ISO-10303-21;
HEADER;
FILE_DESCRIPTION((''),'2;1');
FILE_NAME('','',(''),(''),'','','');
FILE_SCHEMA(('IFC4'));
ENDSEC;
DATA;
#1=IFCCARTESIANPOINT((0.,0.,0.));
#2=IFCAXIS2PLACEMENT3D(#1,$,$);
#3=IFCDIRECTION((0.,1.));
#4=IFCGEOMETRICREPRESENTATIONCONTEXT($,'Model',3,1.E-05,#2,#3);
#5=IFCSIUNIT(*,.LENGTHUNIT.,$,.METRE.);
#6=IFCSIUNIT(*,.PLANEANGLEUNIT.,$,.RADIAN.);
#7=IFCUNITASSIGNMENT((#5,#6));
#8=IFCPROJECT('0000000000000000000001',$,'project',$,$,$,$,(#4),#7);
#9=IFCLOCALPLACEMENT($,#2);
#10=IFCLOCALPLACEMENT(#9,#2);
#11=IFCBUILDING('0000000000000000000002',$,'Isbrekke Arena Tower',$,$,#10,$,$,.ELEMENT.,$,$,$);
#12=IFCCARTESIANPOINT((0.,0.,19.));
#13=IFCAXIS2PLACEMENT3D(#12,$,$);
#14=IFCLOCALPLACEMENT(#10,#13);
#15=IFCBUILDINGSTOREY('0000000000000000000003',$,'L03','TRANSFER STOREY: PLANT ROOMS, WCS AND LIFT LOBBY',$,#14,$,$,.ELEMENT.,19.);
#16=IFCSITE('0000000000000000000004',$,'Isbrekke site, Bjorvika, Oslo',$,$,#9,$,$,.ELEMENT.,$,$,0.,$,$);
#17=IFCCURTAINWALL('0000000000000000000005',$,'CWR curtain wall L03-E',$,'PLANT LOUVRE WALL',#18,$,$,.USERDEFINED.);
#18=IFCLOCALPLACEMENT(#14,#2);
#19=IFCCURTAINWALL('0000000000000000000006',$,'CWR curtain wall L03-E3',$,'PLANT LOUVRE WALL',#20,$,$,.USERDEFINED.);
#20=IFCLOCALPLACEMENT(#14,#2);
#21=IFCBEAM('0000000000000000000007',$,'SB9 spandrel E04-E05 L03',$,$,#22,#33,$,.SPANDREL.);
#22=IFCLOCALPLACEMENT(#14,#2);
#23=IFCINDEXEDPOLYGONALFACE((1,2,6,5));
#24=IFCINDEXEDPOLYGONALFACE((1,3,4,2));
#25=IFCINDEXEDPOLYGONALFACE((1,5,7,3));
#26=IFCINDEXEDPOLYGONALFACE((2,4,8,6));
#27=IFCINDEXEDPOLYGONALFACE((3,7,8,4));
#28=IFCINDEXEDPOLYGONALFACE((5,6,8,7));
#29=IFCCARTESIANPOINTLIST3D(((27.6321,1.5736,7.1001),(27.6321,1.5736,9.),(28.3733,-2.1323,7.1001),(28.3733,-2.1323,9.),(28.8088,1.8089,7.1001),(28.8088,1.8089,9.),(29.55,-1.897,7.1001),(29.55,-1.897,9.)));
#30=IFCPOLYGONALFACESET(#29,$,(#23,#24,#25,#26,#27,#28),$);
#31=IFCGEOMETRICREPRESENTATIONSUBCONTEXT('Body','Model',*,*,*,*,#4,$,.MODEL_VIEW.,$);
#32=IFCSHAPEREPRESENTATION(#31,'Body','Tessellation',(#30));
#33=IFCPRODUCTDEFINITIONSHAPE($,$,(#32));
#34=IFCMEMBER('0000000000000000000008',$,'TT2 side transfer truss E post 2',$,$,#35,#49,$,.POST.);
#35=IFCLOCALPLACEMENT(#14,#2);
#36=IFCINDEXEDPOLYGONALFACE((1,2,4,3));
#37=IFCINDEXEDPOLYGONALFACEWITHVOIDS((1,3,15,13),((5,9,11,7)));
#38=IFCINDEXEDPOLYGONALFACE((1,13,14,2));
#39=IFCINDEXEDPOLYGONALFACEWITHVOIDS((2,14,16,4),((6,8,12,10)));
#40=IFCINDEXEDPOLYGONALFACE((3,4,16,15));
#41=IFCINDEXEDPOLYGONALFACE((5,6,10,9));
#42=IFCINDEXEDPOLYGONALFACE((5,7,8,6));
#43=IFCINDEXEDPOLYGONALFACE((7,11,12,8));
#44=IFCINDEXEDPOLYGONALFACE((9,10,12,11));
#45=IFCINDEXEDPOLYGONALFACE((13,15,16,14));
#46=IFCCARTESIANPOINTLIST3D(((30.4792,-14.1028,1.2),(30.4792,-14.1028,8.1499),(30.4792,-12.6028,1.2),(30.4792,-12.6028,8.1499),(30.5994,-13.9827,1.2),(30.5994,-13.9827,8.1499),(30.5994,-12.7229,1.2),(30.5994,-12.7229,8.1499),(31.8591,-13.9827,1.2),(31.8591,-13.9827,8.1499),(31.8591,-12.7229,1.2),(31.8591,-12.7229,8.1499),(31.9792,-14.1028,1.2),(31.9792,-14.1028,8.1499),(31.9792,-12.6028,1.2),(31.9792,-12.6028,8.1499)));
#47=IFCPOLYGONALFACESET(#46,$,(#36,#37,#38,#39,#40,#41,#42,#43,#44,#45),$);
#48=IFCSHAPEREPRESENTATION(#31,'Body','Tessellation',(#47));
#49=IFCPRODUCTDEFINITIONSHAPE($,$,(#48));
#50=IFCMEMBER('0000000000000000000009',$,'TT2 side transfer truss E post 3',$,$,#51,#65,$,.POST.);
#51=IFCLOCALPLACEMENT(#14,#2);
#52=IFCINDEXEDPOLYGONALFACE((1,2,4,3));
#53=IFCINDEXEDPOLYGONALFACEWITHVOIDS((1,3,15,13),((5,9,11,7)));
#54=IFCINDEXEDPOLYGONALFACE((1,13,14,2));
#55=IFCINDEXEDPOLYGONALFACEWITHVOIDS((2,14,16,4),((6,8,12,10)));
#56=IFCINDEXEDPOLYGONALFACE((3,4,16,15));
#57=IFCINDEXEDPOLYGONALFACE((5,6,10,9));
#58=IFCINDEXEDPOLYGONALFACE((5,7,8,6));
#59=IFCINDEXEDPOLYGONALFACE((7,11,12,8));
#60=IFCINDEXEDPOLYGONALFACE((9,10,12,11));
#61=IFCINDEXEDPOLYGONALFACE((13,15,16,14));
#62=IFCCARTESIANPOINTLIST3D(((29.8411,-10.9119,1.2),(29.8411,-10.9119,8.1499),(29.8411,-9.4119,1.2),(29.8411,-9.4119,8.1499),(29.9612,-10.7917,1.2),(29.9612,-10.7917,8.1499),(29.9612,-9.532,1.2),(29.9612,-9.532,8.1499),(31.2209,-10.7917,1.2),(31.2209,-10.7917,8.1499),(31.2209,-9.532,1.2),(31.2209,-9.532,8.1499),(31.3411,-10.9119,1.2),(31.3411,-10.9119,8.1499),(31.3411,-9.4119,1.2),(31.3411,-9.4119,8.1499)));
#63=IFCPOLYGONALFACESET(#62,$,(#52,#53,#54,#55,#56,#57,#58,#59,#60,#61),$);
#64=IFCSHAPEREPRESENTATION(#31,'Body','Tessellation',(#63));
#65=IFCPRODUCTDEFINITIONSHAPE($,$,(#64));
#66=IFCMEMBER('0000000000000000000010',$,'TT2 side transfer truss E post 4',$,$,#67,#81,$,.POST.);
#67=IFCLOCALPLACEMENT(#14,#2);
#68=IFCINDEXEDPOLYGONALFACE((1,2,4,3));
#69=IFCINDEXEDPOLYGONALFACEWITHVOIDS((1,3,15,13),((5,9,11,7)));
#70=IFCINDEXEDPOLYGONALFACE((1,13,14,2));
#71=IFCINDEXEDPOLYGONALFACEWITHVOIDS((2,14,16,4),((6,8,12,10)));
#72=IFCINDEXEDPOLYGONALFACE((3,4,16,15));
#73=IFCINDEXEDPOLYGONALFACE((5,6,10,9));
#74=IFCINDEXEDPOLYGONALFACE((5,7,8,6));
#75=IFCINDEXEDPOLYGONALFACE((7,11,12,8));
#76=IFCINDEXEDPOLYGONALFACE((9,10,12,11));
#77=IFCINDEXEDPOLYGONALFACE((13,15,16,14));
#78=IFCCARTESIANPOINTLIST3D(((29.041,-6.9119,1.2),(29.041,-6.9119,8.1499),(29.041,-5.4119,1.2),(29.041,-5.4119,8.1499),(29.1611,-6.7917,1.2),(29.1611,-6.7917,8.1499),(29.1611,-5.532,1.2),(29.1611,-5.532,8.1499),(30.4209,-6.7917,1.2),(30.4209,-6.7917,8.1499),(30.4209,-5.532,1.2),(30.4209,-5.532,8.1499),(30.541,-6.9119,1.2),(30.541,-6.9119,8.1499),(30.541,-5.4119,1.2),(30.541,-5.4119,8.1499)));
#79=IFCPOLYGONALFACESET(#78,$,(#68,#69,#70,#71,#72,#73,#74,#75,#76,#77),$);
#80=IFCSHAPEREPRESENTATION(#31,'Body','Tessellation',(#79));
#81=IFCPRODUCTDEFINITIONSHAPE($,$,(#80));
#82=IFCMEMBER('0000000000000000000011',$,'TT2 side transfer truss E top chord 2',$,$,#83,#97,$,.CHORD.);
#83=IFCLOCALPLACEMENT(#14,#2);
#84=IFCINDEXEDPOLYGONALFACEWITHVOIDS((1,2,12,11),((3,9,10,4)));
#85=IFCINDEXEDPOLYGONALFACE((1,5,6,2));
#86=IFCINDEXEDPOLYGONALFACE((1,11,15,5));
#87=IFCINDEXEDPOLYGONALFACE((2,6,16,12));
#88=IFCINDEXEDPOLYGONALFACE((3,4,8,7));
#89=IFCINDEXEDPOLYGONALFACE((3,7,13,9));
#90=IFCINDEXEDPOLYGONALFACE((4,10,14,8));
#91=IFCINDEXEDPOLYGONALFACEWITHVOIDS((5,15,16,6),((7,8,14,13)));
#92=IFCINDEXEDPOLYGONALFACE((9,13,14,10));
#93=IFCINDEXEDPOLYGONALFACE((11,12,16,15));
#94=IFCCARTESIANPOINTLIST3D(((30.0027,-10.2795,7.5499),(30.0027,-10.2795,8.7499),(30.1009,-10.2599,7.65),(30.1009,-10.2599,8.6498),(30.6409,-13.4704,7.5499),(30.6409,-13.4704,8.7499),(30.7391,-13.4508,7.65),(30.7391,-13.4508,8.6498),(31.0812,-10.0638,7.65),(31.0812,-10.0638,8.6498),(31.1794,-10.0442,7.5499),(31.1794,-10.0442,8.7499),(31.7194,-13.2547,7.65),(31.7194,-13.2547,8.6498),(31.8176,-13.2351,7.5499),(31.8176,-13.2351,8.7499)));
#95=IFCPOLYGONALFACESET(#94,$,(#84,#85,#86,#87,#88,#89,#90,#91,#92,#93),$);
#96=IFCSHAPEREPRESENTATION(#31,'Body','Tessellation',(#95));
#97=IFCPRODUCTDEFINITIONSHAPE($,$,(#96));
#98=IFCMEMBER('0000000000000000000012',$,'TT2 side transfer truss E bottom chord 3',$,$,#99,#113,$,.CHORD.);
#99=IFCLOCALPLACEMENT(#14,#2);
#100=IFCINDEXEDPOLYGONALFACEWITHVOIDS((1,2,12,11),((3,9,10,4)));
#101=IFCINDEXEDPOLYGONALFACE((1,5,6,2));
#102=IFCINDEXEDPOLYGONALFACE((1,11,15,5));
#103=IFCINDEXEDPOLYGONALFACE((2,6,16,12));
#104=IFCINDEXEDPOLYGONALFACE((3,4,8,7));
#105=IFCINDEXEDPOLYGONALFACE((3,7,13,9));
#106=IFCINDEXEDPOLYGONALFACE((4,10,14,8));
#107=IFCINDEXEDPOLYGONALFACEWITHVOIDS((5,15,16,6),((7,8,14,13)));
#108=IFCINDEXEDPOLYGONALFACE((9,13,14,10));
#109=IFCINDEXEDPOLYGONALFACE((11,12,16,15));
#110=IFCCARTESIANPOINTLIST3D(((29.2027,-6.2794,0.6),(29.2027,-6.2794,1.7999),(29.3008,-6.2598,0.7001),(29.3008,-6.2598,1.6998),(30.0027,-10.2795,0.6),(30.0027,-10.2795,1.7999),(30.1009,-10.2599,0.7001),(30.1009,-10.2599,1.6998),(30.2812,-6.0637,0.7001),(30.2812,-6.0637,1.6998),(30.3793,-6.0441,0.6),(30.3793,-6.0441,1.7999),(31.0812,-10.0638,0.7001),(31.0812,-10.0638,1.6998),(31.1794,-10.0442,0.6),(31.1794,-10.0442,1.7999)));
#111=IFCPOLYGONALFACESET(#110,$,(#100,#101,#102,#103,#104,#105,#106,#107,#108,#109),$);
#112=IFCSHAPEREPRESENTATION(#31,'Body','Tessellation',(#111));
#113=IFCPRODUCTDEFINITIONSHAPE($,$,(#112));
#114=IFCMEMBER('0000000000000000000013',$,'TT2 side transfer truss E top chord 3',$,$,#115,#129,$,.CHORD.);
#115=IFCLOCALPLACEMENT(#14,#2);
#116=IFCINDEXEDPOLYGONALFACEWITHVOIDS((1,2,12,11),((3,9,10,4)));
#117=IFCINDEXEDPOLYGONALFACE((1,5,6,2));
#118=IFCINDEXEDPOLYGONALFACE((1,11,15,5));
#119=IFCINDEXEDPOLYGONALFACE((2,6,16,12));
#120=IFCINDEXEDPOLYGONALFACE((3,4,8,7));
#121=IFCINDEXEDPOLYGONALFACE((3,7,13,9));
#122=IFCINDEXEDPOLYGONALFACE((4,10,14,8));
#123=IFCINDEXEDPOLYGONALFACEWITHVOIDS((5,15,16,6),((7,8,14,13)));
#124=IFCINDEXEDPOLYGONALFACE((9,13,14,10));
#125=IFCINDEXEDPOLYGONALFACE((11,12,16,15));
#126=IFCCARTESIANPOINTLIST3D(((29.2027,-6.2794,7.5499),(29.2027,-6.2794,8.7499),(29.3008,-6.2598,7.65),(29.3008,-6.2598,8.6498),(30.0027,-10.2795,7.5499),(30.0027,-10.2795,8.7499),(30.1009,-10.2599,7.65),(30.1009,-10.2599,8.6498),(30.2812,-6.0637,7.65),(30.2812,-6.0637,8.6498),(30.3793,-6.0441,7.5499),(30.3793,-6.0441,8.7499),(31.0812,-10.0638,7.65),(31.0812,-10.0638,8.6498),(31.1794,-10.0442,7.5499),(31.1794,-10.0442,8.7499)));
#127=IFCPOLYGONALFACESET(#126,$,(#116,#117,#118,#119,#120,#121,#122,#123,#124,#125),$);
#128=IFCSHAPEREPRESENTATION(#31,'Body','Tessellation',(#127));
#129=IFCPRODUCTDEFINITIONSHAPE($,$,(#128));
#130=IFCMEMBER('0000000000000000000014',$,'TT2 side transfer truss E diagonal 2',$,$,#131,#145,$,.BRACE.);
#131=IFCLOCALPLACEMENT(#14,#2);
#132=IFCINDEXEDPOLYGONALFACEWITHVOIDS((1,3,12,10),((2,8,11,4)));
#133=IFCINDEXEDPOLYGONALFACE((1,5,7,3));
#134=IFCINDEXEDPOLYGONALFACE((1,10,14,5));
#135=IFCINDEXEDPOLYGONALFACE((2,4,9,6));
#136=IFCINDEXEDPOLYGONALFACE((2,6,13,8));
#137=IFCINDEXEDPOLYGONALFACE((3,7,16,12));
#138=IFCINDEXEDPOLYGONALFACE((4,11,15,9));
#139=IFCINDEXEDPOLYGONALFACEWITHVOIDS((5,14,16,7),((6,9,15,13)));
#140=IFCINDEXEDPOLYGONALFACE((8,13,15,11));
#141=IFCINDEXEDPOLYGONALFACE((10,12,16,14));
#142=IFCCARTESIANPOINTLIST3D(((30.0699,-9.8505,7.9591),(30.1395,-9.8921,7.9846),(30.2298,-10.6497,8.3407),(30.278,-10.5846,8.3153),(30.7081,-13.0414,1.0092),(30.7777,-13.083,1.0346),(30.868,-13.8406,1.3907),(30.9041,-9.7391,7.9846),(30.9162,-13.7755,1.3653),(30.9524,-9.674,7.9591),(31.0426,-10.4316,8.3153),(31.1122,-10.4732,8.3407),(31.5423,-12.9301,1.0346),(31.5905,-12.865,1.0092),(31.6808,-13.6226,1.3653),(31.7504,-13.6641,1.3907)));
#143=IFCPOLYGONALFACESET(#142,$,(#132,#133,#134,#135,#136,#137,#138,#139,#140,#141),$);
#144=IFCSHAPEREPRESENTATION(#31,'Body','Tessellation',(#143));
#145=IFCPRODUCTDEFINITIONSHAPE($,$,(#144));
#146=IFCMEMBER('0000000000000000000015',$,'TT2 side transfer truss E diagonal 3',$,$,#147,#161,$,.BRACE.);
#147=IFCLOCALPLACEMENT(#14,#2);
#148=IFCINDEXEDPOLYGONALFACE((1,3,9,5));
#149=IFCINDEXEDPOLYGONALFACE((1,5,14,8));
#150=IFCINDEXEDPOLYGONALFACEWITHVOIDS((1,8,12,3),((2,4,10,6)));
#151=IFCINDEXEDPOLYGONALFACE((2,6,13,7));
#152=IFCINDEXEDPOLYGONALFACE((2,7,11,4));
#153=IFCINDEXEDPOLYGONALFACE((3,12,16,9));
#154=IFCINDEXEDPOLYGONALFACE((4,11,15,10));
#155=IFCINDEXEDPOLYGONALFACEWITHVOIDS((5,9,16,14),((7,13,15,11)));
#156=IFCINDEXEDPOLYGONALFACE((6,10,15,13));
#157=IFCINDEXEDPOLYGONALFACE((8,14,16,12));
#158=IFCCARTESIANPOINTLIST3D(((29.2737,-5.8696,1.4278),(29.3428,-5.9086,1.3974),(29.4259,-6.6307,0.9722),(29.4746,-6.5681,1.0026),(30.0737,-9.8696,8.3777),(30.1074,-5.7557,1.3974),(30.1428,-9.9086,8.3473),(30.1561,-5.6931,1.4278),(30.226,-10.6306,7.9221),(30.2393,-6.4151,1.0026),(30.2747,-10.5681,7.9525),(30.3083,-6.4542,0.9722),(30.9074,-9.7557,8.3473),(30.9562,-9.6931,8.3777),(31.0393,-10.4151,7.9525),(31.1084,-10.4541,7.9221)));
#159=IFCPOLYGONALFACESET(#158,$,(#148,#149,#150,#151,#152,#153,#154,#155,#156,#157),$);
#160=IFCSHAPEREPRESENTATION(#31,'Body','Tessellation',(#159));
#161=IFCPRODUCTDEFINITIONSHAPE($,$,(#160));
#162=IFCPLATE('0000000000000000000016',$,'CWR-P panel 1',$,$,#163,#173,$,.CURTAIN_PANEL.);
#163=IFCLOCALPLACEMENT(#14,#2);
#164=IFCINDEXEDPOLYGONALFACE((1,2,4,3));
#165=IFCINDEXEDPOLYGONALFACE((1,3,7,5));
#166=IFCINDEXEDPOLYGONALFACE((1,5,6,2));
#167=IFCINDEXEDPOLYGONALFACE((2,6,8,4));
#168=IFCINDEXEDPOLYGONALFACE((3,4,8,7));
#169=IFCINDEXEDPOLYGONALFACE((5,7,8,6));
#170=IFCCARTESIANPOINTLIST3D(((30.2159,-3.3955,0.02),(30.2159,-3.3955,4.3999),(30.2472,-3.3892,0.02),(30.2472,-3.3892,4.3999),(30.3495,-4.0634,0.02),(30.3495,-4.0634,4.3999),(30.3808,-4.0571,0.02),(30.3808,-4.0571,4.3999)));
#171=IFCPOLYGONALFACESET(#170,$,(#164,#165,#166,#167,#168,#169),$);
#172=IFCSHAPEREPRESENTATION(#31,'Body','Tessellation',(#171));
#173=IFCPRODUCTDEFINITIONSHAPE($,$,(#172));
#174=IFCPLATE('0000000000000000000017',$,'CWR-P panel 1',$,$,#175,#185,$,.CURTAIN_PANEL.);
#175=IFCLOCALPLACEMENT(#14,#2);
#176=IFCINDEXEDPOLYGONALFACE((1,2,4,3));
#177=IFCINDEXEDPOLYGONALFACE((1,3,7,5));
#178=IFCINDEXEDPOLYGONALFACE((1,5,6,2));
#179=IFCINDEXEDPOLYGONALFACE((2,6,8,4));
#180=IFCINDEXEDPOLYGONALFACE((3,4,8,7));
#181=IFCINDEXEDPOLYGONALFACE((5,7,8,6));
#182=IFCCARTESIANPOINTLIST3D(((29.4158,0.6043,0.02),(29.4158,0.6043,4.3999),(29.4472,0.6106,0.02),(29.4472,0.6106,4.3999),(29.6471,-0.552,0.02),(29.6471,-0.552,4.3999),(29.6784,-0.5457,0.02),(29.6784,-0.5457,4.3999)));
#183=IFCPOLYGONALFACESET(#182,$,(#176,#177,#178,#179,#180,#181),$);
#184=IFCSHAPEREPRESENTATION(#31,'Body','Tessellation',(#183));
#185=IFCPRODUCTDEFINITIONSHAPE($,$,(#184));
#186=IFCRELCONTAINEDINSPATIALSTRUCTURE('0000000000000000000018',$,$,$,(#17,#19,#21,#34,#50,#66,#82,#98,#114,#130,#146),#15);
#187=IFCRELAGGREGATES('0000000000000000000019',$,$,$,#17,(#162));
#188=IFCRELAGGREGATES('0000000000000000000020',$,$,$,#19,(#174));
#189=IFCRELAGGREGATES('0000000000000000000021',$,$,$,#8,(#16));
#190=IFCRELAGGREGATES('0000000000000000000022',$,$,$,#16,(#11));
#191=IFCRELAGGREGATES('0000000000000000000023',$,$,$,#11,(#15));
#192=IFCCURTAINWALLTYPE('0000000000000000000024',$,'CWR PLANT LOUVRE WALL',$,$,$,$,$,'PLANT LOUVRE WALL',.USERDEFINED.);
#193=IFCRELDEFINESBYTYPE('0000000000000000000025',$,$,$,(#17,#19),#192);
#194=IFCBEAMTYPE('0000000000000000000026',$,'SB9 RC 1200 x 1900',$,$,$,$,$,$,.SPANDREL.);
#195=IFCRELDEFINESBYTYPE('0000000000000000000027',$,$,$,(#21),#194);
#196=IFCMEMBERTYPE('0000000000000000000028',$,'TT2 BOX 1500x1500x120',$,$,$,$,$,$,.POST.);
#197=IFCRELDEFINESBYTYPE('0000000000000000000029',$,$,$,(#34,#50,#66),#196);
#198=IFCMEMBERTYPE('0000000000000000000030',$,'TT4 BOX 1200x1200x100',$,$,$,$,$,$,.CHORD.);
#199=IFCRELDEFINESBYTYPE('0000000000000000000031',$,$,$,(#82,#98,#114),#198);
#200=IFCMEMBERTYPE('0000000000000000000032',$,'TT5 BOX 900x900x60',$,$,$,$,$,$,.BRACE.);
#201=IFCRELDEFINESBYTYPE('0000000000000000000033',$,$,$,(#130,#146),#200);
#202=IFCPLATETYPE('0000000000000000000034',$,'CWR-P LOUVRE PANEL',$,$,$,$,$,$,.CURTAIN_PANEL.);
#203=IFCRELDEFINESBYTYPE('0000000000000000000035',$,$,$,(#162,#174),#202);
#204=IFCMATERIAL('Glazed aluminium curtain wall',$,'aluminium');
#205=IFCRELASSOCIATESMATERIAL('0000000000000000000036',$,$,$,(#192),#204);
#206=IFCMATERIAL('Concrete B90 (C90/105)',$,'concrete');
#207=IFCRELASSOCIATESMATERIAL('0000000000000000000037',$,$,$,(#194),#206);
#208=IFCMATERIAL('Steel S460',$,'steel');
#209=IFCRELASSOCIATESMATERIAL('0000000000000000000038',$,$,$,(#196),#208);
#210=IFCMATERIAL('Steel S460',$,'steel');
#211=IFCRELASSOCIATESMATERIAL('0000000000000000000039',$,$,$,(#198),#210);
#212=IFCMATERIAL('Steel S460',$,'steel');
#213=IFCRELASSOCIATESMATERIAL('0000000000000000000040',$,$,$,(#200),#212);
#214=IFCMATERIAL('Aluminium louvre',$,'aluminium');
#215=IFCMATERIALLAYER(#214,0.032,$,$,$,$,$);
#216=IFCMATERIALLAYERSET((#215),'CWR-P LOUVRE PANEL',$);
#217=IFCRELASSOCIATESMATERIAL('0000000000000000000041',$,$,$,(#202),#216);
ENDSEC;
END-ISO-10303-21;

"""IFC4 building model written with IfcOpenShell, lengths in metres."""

from ifc_helpers import new_model, si_unit, direction, frame, origin, origin_2d, place, context, subcontext, project, spatial, rectangle, hollow_rectangle, extrude, material, layer, layer_set, material_profile, profile_set, type_object, element, aggregate, save


model = new_model("IFC4")

# Units and contexts
model_context = context("Model", 3, precision=1e-05, world=origin(), true_north=direction((0.0, 1.0)))
body_context = subcontext(model_context, "Body", "Model", "MODEL_VIEW")
ifc_project = project(units=[si_unit("LENGTHUNIT", "METRE"), si_unit("PLANEANGLEUNIT", "RADIAN")], contexts=[model_context])

# Site, building, storey
site_placement = place(None, origin())
site = spatial("IfcSite", under=ifc_project, at=site_placement, Name="Isbrekke site, Bjorvika, Oslo", CompositionType="ELEMENT", RefElevation=0.0)
building_placement = place(site_placement, origin())
building = spatial("IfcBuilding", under=site, at=building_placement, Name="Isbrekke Arena Tower", CompositionType="ELEMENT")
storey_placement = place(building_placement, frame((0.0, 0.0, 19.0)))
storey = spatial("IfcBuildingStorey", under=building, at=storey_placement, Name="L03", Description="TRANSFER STOREY: PLANT ROOMS, WCS AND LIFT LOBBY", CompositionType="ELEMENT", Elevation=19.0)

# Curtain walls
ifc_material_1 = material(Name="Glazed aluminium curtain wall", Category="aluminium")
curtain_wall_type = type_object("IfcCurtainWallType", Name="CWR PLANT LOUVRE WALL", ElementType="PLANT LOUVRE WALL", PredefinedType="USERDEFINED", material=ifc_material_1)
curtain_wall_1_placement = place(storey_placement, origin())
curtain_wall_1 = element("IfcCurtainWall", 1, at=curtain_wall_1_placement, inside=storey, type_object=curtain_wall_type, Name="CWR curtain wall L03-E", ObjectType="PLANT LOUVRE WALL", PredefinedType="USERDEFINED")
curtain_wall_2_placement = place(storey_placement, origin())
curtain_wall_2 = element("IfcCurtainWall", 2, at=curtain_wall_2_placement, inside=storey, type_object=curtain_wall_type, Name="CWR curtain wall L03-E3", ObjectType="PLANT LOUVRE WALL", PredefinedType="USERDEFINED")

# Beam
ifc_material_2 = material(Name="Concrete B90 (C90/105)", Category="concrete")
ifc_material_profile_1 = material_profile(ifc_material_2, rectangle(XDim=1.2, YDim=1.8999, at=origin_2d()), Name="RC 1200x1900")
ifc_profile_set_1 = profile_set([ifc_material_profile_1], Name="Concrete B90 (C90/105)")
beam_type_1 = type_object("IfcBeamType", Name="SB9 RC 1200 x 1900", PredefinedType="SPANDREL", material=ifc_profile_set_1)
beam_1_placement = place(storey_placement, frame((28.9617, -2.0146, 8.05), z_axis=(-0.196129, 0.980578, 0.0), x_axis=(-0.980578, -0.196129, 0.0)))
element("IfcBeam", 3, at=beam_1_placement, inside=storey, type_object=beam_type_1, Name="SB9 spandrel E04-E05 L03", PredefinedType="SPANDREL", context=body_context, shape_type="SweptSolid", body=[
    extrude(rectangle(XDim=1.2, YDim=1.8999, at=origin_2d()), origin(), (0.0, 0.0, 1.0), 3.7793),
])

# Members
ifc_material_3 = material(Name="Steel S460", Category="steel")
ifc_material_profile_2 = material_profile(ifc_material_3, hollow_rectangle(XDim=1.5, YDim=1.5, WallThickness=0.1201, at=origin_2d()), Name="BOX 1500x1500x120")
ifc_profile_set_2 = profile_set([ifc_material_profile_2], Name="Steel S460")
member_type_1 = type_object("IfcMemberType", Name="TT2 BOX 1500x1500x120", PredefinedType="POST", material=ifc_profile_set_2)
for number, where, z_axis, x_axis, name in (
    (4, (31.2292, -13.3528, 1.2), (0.0, 0.0, 1.0), (1.0, 0.0, 0.0), "TT2 side transfer truss E post 2"),
    (5, (30.5911, -10.1619, 1.2), (0.0, 0.0, 1.0), (1.0, 0.0, 0.0), "TT2 side transfer truss E post 3"),
    (6, (29.791, -6.1619, 1.2), (0.0, 0.0, 1.0), (1.0, 0.0, 0.0), "TT2 side transfer truss E post 4"),
):
    element("IfcMember", number, at=place(storey_placement, frame(where, z_axis=z_axis, x_axis=x_axis)), inside=storey, type_object=member_type_1, Name=name, PredefinedType="POST", context=body_context, shape_type="SweptSolid", body=[
        extrude(hollow_rectangle(XDim=1.5, YDim=1.5, WallThickness=0.1201, at=origin_2d()), origin(), (0.0, 0.0, 1.0), 6.95),
    ])
ifc_material_4 = material(Name="Steel S460", Category="steel")
ifc_material_profile_3 = material_profile(ifc_material_4, hollow_rectangle(XDim=1.2, YDim=1.2, WallThickness=0.1001, at=origin_2d()), Name="BOX 1200x1200x100")
ifc_profile_set_3 = profile_set([ifc_material_profile_3], Name="Steel S460")
member_type_2 = type_object("IfcMemberType", Name="TT4 BOX 1200x1200x100", PredefinedType="CHORD", material=ifc_profile_set_3)
member_1_placement = place(storey_placement, frame((31.2292, -13.3528, 8.1499), z_axis=(-0.196116, 0.980581, 0.0), x_axis=(-0.980581, -0.196116, 0.0)))
element("IfcMember", 7, at=member_1_placement, inside=storey, type_object=member_type_2, Name="TT2 side transfer truss E top chord 2", PredefinedType="CHORD", context=body_context, shape_type="SweptSolid", body=[
    extrude(hollow_rectangle(XDim=1.2, YDim=1.2, WallThickness=0.1001, at=origin_2d()), origin(), (0.0, 0.0, 1.0), 3.2542),
])
for number, where, z_axis, x_axis, name in (
    (8, (30.5911, -10.1619, 1.2), (-0.196128, 0.980578, 0.0), (-0.980578, -0.196128, 0.0), "TT2 side transfer truss E bottom chord 3"),
    (9, (30.5911, -10.1619, 8.1499), (-0.196128, 0.980578, 0.0), (-0.980578, -0.196128, 0.0), "TT2 side transfer truss E top chord 3"),
):
    element("IfcMember", number, at=place(storey_placement, frame(where, z_axis=z_axis, x_axis=x_axis)), inside=storey, type_object=member_type_2, Name=name, PredefinedType="CHORD", context=body_context, shape_type="SweptSolid", body=[
        extrude(hollow_rectangle(XDim=1.2, YDim=1.2, WallThickness=0.1001, at=origin_2d()), origin(), (0.0, 0.0, 1.0), 4.0793),
    ])
ifc_material_5 = material(Name="Steel S460", Category="steel")
ifc_material_profile_4 = material_profile(ifc_material_5, hollow_rectangle(XDim=0.8999, YDim=0.8999, WallThickness=0.0601, at=origin_2d()), Name="BOX 900x900x60")
ifc_profile_set_4 = profile_set([ifc_material_profile_4], Name="Steel S460")
member_type_3 = type_object("IfcMemberType", Name="TT5 BOX 900x900x60", PredefinedType="BRACE", material=ifc_profile_set_4)
member_2_placement = place(storey_placement, frame((31.2292, -13.3528, 1.2), z_axis=(-0.083161, 0.415806, 0.905643), x_axis=(-0.980581, -0.196116, 0.0)))
element("IfcMember", 10, at=member_2_placement, inside=storey, type_object=member_type_3, Name="TT2 side transfer truss E diagonal 2", PredefinedType="BRACE", context=body_context, shape_type="SweptSolid", body=[
    extrude(hollow_rectangle(XDim=0.8999, YDim=0.8999, WallThickness=0.0601, at=origin_2d()), origin(), (0.0, 0.0, 1.0), 7.6741),
])
member_3_placement = place(storey_placement, frame((30.5911, -10.1619, 8.1499), z_axis=(-0.099278, 0.496361, -0.862421), x_axis=(-0.980578, -0.196128, 0.0)))
element("IfcMember", 11, at=member_3_placement, inside=storey, type_object=member_type_3, Name="TT2 side transfer truss E diagonal 3", PredefinedType="BRACE", context=body_context, shape_type="SweptSolid", body=[
    extrude(hollow_rectangle(XDim=0.8999, YDim=0.8999, WallThickness=0.0601, at=origin_2d()), origin(), (0.0, 0.0, 1.0), 8.0586),
])

# Plates
ifc_material_6 = material(Name="Aluminium louvre", Category="aluminium")
ifc_layer_1 = layer(ifc_material_6, 0.032)
ifc_layer_set_1 = layer_set([ifc_layer_1], Name="CWR-P LOUVRE PANEL")
plate_type = type_object("IfcPlateType", Name="CWR-P LOUVRE PANEL", PredefinedType="CURTAIN_PANEL", material=ifc_layer_set_1)
plate_1_placement = place(storey_placement, frame((30.2983, -3.7263, 0.02), z_axis=(0.0, 0.0, 1.0), x_axis=(-0.196116, 0.980581, 0.0)))
plate_1 = element("IfcPlate", 12, at=plate_1_placement, type_object=plate_type, Name="CWR-P panel 1", PredefinedType="CURTAIN_PANEL", context=body_context, shape_type="SweptSolid", body=[
    extrude(rectangle(XDim=0.6812, YDim=0.032, at=origin_2d()), origin(), (0.0, 0.0, 1.0), 4.3799),
])
aggregate(curtain_wall_1, [plate_1])
plate_2_placement = place(storey_placement, frame((29.5471, 0.0293, 0.02), z_axis=(0.0, 0.0, 1.0), x_axis=(-0.196116, 0.980581, 0.0)))
plate_2 = element("IfcPlate", 13, at=plate_2_placement, type_object=plate_type, Name="CWR-P panel 1", PredefinedType="CURTAIN_PANEL", context=body_context, shape_type="SweptSolid", body=[
    extrude(rectangle(XDim=1.1792, YDim=0.032, at=origin_2d()), origin(), (0.0, 0.0, 1.0), 4.3799),
])
aggregate(curtain_wall_2, [plate_2])

save(model, "model.ifc")
